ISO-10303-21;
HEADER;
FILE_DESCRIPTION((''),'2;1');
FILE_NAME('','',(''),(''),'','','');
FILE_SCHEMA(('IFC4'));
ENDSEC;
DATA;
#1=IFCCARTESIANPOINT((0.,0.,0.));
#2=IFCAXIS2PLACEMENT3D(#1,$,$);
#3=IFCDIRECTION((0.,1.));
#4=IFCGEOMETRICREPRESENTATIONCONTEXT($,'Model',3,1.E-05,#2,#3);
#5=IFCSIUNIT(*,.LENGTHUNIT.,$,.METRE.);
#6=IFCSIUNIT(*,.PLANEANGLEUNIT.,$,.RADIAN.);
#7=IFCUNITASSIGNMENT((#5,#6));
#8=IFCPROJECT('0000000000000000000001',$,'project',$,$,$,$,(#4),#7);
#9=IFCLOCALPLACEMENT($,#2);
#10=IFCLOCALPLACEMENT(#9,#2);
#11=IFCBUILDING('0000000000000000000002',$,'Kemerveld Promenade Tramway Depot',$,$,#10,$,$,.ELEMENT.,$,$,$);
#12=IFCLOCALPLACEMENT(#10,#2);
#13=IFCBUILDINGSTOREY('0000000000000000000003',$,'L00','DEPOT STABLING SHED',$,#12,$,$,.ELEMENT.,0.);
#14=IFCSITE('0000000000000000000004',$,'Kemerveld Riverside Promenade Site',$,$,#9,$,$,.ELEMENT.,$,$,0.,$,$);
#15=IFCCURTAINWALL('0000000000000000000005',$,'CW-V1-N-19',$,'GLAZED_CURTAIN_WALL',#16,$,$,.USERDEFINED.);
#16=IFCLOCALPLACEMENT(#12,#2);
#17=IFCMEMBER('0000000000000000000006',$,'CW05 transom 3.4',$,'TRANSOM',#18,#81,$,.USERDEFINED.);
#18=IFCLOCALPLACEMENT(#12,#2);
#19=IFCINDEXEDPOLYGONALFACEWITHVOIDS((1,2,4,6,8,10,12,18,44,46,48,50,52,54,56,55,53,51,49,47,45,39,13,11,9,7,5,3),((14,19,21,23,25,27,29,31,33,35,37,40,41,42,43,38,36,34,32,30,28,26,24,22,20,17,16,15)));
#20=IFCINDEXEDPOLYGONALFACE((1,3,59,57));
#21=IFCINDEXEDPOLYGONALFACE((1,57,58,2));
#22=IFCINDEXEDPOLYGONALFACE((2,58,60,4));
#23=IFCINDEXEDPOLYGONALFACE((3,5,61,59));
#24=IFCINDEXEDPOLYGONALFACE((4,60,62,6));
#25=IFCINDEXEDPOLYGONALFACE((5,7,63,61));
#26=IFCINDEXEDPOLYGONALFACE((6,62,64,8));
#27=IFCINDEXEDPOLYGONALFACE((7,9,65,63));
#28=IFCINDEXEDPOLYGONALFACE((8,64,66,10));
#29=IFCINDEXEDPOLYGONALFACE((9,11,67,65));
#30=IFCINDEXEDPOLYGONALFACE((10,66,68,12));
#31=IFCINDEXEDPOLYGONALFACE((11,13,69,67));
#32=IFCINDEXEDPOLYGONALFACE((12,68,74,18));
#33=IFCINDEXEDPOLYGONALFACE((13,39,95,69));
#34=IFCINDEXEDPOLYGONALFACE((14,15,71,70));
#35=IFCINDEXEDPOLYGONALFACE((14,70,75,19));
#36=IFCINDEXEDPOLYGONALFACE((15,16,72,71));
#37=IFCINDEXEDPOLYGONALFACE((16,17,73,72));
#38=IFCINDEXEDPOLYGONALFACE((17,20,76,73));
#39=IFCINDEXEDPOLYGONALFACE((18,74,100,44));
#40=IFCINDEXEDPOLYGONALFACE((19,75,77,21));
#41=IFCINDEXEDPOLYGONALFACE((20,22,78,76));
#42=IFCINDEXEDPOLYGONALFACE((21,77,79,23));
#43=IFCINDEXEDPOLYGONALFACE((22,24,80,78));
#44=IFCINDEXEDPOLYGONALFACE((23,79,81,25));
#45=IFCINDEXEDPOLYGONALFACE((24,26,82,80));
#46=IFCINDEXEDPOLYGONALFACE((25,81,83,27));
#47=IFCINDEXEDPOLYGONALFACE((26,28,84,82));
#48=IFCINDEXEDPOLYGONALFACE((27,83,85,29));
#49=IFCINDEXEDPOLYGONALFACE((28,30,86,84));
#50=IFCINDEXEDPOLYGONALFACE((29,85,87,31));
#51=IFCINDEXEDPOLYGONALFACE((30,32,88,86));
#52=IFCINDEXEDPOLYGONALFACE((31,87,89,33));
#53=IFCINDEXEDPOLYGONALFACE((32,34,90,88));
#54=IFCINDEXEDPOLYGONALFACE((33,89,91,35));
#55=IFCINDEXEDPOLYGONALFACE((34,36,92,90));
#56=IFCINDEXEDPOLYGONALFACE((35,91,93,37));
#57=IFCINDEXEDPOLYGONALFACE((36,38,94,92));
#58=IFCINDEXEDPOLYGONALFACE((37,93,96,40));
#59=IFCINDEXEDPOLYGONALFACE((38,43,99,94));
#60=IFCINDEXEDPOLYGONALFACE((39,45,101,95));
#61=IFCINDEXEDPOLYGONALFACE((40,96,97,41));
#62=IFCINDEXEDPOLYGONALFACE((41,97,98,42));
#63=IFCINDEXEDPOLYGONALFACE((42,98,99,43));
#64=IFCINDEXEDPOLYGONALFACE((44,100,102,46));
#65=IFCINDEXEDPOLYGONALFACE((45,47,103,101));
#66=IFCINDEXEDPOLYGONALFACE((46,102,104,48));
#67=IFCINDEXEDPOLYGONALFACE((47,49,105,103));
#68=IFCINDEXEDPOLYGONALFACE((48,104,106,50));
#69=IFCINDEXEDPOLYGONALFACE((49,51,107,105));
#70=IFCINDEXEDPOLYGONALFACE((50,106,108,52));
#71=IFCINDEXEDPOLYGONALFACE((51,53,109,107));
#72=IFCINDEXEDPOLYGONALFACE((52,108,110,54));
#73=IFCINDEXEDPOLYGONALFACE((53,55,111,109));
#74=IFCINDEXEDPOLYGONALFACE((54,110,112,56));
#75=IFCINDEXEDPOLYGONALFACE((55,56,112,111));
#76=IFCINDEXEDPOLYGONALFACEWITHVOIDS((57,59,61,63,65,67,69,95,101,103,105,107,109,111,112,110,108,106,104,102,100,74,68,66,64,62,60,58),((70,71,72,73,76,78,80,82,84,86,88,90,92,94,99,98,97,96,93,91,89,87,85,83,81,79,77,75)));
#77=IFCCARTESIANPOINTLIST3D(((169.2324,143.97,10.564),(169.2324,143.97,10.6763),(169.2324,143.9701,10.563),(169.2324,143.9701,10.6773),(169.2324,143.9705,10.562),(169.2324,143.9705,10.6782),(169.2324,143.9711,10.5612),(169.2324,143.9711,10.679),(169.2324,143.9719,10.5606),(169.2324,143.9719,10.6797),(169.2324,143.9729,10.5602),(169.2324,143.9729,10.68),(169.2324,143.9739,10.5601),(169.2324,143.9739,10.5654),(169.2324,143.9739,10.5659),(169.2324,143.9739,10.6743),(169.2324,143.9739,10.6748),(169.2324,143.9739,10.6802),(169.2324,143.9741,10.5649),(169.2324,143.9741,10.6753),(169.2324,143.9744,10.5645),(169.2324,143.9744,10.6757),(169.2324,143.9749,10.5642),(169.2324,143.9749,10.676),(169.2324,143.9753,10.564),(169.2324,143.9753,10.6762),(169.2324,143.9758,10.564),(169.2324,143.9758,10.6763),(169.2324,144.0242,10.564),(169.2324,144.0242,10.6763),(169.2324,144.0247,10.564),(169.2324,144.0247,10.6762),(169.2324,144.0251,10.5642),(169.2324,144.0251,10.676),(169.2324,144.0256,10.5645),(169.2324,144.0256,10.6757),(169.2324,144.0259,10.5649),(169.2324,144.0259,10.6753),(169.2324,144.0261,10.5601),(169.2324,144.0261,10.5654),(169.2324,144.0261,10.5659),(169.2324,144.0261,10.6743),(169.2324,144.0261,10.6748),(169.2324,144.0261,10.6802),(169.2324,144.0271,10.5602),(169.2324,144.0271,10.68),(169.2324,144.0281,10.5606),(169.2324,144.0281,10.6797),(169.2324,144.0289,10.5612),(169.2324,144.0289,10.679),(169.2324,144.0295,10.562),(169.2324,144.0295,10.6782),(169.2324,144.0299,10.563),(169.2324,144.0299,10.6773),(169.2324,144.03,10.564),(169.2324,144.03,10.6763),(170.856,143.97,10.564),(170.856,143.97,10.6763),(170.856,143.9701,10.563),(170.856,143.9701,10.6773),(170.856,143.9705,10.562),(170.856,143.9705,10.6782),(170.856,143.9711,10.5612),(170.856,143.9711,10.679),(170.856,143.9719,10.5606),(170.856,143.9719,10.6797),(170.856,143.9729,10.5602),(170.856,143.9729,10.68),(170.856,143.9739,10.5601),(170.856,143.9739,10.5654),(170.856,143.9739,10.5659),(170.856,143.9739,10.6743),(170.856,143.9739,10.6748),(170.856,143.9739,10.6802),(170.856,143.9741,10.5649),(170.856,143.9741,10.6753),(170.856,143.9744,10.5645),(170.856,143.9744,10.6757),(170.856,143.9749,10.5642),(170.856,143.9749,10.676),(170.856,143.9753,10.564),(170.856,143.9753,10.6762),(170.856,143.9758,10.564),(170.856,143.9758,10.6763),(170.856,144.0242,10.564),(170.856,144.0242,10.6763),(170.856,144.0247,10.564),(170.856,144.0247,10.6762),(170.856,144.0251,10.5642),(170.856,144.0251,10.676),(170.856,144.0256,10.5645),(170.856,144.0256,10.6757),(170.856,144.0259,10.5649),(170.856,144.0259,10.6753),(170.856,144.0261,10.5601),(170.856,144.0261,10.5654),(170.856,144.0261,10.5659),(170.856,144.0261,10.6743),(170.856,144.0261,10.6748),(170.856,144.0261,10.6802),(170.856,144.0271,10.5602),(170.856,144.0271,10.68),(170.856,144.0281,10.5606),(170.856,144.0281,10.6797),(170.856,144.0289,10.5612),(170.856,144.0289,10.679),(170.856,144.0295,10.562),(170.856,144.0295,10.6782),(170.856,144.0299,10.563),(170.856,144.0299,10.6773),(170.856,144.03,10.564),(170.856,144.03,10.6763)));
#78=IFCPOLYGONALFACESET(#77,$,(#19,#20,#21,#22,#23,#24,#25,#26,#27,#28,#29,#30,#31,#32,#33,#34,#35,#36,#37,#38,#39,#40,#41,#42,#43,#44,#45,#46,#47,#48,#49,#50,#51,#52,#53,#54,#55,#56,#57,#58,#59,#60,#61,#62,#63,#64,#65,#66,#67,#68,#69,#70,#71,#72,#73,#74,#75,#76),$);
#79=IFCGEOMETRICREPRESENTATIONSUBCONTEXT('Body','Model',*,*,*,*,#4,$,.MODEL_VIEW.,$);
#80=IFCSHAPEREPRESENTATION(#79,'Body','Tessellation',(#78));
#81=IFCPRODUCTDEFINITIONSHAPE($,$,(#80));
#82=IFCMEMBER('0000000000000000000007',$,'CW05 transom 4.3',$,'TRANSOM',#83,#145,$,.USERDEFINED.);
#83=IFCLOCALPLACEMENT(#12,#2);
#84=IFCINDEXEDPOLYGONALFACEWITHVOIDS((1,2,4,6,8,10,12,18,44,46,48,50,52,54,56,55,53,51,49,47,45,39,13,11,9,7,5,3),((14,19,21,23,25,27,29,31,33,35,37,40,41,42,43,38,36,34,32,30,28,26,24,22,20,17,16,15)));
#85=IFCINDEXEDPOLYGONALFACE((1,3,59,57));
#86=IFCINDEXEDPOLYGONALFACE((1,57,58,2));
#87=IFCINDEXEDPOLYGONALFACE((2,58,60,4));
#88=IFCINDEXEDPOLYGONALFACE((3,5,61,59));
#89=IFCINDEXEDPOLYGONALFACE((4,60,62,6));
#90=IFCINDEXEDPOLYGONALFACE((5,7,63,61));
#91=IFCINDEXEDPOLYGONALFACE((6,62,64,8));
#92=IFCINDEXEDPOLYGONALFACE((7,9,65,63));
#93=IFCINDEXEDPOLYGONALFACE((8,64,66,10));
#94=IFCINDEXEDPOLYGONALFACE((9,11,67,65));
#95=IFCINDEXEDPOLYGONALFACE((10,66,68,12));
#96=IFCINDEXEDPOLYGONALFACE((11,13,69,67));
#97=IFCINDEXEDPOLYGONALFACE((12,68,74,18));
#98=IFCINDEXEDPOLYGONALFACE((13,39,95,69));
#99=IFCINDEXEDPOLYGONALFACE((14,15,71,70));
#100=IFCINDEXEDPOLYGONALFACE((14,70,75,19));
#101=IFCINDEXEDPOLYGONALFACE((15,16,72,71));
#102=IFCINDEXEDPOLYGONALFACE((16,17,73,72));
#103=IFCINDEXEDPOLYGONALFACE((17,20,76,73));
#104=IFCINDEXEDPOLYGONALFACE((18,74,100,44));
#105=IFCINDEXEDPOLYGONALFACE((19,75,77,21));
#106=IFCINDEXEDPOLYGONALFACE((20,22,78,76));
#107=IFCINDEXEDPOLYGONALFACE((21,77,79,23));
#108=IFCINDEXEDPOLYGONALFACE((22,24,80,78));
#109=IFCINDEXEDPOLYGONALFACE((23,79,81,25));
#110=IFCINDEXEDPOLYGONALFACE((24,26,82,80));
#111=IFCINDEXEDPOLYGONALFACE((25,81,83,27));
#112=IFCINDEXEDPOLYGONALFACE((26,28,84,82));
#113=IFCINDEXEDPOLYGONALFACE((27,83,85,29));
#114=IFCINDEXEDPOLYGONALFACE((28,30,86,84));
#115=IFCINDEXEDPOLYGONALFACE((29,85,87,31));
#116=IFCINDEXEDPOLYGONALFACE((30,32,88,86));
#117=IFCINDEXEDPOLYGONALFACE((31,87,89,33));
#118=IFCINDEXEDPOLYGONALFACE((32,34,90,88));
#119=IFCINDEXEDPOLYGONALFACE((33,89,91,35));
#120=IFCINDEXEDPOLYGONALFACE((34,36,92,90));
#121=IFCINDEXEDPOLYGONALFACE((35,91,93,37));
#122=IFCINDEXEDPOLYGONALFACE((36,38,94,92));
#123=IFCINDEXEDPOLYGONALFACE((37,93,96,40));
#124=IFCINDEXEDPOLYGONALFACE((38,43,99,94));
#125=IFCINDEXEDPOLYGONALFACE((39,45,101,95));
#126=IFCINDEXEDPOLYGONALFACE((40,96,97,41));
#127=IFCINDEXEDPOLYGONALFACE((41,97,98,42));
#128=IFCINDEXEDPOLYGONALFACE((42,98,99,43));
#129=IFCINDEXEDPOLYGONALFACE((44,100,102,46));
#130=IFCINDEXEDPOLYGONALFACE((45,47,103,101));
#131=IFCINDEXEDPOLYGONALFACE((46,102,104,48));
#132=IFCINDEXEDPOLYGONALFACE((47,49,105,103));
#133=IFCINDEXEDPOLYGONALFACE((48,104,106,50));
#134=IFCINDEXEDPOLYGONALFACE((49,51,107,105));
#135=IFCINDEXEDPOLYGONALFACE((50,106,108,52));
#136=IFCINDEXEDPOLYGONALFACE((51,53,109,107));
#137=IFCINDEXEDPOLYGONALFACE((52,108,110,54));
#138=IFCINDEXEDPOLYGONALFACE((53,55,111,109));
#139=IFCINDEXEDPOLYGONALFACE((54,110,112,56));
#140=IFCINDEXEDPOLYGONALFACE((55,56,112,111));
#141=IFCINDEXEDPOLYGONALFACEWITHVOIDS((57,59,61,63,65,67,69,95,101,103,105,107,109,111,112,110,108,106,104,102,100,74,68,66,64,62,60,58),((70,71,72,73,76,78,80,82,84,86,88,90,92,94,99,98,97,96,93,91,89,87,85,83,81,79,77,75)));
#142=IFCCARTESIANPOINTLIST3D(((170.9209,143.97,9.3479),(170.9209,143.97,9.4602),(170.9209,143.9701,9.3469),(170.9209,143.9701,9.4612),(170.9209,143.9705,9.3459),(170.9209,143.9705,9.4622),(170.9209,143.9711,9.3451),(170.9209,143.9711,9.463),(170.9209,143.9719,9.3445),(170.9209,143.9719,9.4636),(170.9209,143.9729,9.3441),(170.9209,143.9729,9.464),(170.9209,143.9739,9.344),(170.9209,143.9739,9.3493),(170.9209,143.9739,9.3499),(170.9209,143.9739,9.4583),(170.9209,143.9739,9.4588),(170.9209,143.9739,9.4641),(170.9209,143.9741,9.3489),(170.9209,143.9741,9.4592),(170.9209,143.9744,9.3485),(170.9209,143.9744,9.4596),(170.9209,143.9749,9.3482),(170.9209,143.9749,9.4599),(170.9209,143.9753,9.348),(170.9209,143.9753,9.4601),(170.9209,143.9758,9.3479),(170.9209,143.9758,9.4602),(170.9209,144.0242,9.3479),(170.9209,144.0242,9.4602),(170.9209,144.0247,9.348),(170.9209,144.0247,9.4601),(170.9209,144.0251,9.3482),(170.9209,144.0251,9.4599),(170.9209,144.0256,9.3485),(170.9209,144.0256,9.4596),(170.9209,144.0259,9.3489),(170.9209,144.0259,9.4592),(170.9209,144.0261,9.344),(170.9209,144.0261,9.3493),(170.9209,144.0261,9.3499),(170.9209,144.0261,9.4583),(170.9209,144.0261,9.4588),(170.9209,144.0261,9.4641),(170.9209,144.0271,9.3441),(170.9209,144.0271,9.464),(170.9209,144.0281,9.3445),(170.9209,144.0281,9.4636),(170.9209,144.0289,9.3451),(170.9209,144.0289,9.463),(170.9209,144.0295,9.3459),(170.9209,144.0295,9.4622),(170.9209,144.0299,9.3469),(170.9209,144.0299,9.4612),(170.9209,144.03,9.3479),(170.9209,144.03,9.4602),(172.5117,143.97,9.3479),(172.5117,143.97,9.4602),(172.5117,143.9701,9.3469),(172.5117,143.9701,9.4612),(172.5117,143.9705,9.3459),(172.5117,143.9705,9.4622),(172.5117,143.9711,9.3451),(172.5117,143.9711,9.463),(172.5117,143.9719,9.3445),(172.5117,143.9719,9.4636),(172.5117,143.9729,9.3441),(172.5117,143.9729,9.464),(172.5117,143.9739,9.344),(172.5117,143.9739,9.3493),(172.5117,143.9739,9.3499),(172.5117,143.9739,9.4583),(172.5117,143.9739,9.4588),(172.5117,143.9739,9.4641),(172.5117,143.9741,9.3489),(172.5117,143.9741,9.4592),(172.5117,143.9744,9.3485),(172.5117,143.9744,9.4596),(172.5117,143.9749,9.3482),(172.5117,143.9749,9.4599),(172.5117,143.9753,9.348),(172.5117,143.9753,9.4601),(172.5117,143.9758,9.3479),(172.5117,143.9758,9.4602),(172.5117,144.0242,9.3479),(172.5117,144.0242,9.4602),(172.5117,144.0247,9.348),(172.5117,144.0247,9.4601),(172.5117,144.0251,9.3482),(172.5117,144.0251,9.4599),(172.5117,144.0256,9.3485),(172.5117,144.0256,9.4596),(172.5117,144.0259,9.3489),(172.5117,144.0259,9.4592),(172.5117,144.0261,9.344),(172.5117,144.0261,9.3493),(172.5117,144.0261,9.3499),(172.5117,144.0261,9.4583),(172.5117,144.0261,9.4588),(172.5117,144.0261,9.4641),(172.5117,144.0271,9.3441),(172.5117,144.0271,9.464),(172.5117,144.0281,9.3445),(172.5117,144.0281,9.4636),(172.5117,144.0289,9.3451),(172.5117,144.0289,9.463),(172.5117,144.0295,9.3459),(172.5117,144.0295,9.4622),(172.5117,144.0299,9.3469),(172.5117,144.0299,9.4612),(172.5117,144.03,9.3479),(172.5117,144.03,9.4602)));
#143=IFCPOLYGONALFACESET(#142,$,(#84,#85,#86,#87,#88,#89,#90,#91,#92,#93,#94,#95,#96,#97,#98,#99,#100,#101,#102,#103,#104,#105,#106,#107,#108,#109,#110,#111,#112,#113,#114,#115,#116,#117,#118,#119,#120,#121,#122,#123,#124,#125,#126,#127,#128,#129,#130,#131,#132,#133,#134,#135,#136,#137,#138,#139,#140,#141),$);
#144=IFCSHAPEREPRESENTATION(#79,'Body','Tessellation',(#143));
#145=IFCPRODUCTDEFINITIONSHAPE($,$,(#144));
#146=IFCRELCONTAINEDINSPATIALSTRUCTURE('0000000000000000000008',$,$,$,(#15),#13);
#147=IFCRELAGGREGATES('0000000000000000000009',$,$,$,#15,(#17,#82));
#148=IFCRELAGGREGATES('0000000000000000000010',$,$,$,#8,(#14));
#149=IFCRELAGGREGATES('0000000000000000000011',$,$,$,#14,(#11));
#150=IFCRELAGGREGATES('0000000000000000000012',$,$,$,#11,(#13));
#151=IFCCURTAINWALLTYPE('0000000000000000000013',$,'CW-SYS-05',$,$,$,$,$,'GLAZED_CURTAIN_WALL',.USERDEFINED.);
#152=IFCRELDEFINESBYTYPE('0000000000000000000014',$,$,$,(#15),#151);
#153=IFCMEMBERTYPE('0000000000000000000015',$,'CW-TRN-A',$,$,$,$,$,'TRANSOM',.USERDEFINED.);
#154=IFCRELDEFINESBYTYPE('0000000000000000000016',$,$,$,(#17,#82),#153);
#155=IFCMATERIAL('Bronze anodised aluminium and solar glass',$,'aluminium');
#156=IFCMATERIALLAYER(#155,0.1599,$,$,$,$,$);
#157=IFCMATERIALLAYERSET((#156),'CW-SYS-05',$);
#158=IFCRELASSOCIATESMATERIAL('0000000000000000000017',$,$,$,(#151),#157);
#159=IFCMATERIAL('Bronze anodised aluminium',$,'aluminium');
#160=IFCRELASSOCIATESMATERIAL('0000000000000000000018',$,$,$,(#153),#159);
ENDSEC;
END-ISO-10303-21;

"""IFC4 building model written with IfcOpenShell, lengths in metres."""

from ifc_helpers import new_model, si_unit, direction, frame, origin, origin_2d, place, context, subcontext, project, spatial, hollow_rectangle, extrude, material, layer, layer_set, material_profile, profile_set, type_object, element, aggregate, save


model = new_model("IFC4")

# Units and contexts
model_context = context("Model", 3, precision=1e-05, world=origin(), true_north=direction((0.0, 1.0)))
body_context = subcontext(model_context, "Body", "Model", "MODEL_VIEW")
ifc_project = project(units=[si_unit("LENGTHUNIT", "METRE"), si_unit("PLANEANGLEUNIT", "RADIAN")], contexts=[model_context])

# Site, building, storey
site_placement = place(None, origin())
site = spatial("IfcSite", under=ifc_project, at=site_placement, Name="Kemerveld Riverside Promenade Site", CompositionType="ELEMENT", RefElevation=0.0)
building_placement = place(site_placement, origin())
building = spatial("IfcBuilding", under=site, at=building_placement, Name="Kemerveld Promenade Tramway Depot", CompositionType="ELEMENT")
storey_placement = place(building_placement, origin())
storey = spatial("IfcBuildingStorey", under=building, at=storey_placement, Name="L00", Description="DEPOT STABLING SHED", CompositionType="ELEMENT", Elevation=0.0)

# Curtain wall, members
ifc_material_1 = material(Name="Bronze anodised aluminium and solar glass", Category="aluminium")
ifc_layer_1 = layer(ifc_material_1, 0.1599)
ifc_layer_set_1 = layer_set([ifc_layer_1], Name="CW-SYS-05")
curtain_wall_type_1 = type_object("IfcCurtainWallType", Name="CW-SYS-05", ElementType="GLAZED_CURTAIN_WALL", PredefinedType="USERDEFINED", material=ifc_layer_set_1)
curtain_wall_1_placement = place(storey_placement, origin())
curtain_wall_1 = element("IfcCurtainWall", 1, at=curtain_wall_1_placement, inside=storey, type_object=curtain_wall_type_1, Name="CW-V1-N-19", ObjectType="GLAZED_CURTAIN_WALL", PredefinedType="USERDEFINED")
ifc_material_2 = material(Name="Bronze anodised aluminium", Category="aluminium")
ifc_material_profile_1 = material_profile(ifc_material_2, hollow_rectangle(XDim=0.0601, YDim=0.1201, WallThickness=0.0039, InnerFilletRadius=0.002, OuterFilletRadius=0.0039, at=origin_2d()), Name="CW-TRN-120x60")
ifc_profile_set_1 = profile_set([ifc_material_profile_1], Name="Bronze anodised aluminium")
member_type_1 = type_object("IfcMemberType", Name="CW-TRN-A", ElementType="TRANSOM", PredefinedType="USERDEFINED", material=ifc_profile_set_1)
member_1_placement = place(storey_placement, frame((169.2324, 144.0, 10.6201), z_axis=(1.0, 0.0, 0.0), x_axis=(0.0, 1.0, 0.0)))
member_1 = element("IfcMember", 2, at=member_1_placement, type_object=member_type_1, Name="CW05 transom 3.4", ObjectType="TRANSOM", PredefinedType="USERDEFINED", context=body_context, shape_type="SweptSolid", body=[
    extrude(hollow_rectangle(XDim=0.0601, YDim=0.1201, WallThickness=0.0039, InnerFilletRadius=0.002, OuterFilletRadius=0.0039, at=origin_2d()), origin(), (0.0, 0.0, 1.0), 1.6235),
])
member_2_placement = place(storey_placement, frame((170.9209, 144.0, 9.4041), z_axis=(1.0, 0.0, 0.0), x_axis=(0.0, 1.0, 0.0)))
member_2 = element("IfcMember", 3, at=member_2_placement, type_object=member_type_1, Name="CW05 transom 4.3", ObjectType="TRANSOM", PredefinedType="USERDEFINED", context=body_context, shape_type="SweptSolid", body=[
    extrude(hollow_rectangle(XDim=0.0601, YDim=0.1201, WallThickness=0.0039, InnerFilletRadius=0.002, OuterFilletRadius=0.0039, at=origin_2d()), origin(), (0.0, 0.0, 1.0), 1.5908),
])

aggregate(curtain_wall_1, [member_1, member_2])

save(model, "model.ifc")
